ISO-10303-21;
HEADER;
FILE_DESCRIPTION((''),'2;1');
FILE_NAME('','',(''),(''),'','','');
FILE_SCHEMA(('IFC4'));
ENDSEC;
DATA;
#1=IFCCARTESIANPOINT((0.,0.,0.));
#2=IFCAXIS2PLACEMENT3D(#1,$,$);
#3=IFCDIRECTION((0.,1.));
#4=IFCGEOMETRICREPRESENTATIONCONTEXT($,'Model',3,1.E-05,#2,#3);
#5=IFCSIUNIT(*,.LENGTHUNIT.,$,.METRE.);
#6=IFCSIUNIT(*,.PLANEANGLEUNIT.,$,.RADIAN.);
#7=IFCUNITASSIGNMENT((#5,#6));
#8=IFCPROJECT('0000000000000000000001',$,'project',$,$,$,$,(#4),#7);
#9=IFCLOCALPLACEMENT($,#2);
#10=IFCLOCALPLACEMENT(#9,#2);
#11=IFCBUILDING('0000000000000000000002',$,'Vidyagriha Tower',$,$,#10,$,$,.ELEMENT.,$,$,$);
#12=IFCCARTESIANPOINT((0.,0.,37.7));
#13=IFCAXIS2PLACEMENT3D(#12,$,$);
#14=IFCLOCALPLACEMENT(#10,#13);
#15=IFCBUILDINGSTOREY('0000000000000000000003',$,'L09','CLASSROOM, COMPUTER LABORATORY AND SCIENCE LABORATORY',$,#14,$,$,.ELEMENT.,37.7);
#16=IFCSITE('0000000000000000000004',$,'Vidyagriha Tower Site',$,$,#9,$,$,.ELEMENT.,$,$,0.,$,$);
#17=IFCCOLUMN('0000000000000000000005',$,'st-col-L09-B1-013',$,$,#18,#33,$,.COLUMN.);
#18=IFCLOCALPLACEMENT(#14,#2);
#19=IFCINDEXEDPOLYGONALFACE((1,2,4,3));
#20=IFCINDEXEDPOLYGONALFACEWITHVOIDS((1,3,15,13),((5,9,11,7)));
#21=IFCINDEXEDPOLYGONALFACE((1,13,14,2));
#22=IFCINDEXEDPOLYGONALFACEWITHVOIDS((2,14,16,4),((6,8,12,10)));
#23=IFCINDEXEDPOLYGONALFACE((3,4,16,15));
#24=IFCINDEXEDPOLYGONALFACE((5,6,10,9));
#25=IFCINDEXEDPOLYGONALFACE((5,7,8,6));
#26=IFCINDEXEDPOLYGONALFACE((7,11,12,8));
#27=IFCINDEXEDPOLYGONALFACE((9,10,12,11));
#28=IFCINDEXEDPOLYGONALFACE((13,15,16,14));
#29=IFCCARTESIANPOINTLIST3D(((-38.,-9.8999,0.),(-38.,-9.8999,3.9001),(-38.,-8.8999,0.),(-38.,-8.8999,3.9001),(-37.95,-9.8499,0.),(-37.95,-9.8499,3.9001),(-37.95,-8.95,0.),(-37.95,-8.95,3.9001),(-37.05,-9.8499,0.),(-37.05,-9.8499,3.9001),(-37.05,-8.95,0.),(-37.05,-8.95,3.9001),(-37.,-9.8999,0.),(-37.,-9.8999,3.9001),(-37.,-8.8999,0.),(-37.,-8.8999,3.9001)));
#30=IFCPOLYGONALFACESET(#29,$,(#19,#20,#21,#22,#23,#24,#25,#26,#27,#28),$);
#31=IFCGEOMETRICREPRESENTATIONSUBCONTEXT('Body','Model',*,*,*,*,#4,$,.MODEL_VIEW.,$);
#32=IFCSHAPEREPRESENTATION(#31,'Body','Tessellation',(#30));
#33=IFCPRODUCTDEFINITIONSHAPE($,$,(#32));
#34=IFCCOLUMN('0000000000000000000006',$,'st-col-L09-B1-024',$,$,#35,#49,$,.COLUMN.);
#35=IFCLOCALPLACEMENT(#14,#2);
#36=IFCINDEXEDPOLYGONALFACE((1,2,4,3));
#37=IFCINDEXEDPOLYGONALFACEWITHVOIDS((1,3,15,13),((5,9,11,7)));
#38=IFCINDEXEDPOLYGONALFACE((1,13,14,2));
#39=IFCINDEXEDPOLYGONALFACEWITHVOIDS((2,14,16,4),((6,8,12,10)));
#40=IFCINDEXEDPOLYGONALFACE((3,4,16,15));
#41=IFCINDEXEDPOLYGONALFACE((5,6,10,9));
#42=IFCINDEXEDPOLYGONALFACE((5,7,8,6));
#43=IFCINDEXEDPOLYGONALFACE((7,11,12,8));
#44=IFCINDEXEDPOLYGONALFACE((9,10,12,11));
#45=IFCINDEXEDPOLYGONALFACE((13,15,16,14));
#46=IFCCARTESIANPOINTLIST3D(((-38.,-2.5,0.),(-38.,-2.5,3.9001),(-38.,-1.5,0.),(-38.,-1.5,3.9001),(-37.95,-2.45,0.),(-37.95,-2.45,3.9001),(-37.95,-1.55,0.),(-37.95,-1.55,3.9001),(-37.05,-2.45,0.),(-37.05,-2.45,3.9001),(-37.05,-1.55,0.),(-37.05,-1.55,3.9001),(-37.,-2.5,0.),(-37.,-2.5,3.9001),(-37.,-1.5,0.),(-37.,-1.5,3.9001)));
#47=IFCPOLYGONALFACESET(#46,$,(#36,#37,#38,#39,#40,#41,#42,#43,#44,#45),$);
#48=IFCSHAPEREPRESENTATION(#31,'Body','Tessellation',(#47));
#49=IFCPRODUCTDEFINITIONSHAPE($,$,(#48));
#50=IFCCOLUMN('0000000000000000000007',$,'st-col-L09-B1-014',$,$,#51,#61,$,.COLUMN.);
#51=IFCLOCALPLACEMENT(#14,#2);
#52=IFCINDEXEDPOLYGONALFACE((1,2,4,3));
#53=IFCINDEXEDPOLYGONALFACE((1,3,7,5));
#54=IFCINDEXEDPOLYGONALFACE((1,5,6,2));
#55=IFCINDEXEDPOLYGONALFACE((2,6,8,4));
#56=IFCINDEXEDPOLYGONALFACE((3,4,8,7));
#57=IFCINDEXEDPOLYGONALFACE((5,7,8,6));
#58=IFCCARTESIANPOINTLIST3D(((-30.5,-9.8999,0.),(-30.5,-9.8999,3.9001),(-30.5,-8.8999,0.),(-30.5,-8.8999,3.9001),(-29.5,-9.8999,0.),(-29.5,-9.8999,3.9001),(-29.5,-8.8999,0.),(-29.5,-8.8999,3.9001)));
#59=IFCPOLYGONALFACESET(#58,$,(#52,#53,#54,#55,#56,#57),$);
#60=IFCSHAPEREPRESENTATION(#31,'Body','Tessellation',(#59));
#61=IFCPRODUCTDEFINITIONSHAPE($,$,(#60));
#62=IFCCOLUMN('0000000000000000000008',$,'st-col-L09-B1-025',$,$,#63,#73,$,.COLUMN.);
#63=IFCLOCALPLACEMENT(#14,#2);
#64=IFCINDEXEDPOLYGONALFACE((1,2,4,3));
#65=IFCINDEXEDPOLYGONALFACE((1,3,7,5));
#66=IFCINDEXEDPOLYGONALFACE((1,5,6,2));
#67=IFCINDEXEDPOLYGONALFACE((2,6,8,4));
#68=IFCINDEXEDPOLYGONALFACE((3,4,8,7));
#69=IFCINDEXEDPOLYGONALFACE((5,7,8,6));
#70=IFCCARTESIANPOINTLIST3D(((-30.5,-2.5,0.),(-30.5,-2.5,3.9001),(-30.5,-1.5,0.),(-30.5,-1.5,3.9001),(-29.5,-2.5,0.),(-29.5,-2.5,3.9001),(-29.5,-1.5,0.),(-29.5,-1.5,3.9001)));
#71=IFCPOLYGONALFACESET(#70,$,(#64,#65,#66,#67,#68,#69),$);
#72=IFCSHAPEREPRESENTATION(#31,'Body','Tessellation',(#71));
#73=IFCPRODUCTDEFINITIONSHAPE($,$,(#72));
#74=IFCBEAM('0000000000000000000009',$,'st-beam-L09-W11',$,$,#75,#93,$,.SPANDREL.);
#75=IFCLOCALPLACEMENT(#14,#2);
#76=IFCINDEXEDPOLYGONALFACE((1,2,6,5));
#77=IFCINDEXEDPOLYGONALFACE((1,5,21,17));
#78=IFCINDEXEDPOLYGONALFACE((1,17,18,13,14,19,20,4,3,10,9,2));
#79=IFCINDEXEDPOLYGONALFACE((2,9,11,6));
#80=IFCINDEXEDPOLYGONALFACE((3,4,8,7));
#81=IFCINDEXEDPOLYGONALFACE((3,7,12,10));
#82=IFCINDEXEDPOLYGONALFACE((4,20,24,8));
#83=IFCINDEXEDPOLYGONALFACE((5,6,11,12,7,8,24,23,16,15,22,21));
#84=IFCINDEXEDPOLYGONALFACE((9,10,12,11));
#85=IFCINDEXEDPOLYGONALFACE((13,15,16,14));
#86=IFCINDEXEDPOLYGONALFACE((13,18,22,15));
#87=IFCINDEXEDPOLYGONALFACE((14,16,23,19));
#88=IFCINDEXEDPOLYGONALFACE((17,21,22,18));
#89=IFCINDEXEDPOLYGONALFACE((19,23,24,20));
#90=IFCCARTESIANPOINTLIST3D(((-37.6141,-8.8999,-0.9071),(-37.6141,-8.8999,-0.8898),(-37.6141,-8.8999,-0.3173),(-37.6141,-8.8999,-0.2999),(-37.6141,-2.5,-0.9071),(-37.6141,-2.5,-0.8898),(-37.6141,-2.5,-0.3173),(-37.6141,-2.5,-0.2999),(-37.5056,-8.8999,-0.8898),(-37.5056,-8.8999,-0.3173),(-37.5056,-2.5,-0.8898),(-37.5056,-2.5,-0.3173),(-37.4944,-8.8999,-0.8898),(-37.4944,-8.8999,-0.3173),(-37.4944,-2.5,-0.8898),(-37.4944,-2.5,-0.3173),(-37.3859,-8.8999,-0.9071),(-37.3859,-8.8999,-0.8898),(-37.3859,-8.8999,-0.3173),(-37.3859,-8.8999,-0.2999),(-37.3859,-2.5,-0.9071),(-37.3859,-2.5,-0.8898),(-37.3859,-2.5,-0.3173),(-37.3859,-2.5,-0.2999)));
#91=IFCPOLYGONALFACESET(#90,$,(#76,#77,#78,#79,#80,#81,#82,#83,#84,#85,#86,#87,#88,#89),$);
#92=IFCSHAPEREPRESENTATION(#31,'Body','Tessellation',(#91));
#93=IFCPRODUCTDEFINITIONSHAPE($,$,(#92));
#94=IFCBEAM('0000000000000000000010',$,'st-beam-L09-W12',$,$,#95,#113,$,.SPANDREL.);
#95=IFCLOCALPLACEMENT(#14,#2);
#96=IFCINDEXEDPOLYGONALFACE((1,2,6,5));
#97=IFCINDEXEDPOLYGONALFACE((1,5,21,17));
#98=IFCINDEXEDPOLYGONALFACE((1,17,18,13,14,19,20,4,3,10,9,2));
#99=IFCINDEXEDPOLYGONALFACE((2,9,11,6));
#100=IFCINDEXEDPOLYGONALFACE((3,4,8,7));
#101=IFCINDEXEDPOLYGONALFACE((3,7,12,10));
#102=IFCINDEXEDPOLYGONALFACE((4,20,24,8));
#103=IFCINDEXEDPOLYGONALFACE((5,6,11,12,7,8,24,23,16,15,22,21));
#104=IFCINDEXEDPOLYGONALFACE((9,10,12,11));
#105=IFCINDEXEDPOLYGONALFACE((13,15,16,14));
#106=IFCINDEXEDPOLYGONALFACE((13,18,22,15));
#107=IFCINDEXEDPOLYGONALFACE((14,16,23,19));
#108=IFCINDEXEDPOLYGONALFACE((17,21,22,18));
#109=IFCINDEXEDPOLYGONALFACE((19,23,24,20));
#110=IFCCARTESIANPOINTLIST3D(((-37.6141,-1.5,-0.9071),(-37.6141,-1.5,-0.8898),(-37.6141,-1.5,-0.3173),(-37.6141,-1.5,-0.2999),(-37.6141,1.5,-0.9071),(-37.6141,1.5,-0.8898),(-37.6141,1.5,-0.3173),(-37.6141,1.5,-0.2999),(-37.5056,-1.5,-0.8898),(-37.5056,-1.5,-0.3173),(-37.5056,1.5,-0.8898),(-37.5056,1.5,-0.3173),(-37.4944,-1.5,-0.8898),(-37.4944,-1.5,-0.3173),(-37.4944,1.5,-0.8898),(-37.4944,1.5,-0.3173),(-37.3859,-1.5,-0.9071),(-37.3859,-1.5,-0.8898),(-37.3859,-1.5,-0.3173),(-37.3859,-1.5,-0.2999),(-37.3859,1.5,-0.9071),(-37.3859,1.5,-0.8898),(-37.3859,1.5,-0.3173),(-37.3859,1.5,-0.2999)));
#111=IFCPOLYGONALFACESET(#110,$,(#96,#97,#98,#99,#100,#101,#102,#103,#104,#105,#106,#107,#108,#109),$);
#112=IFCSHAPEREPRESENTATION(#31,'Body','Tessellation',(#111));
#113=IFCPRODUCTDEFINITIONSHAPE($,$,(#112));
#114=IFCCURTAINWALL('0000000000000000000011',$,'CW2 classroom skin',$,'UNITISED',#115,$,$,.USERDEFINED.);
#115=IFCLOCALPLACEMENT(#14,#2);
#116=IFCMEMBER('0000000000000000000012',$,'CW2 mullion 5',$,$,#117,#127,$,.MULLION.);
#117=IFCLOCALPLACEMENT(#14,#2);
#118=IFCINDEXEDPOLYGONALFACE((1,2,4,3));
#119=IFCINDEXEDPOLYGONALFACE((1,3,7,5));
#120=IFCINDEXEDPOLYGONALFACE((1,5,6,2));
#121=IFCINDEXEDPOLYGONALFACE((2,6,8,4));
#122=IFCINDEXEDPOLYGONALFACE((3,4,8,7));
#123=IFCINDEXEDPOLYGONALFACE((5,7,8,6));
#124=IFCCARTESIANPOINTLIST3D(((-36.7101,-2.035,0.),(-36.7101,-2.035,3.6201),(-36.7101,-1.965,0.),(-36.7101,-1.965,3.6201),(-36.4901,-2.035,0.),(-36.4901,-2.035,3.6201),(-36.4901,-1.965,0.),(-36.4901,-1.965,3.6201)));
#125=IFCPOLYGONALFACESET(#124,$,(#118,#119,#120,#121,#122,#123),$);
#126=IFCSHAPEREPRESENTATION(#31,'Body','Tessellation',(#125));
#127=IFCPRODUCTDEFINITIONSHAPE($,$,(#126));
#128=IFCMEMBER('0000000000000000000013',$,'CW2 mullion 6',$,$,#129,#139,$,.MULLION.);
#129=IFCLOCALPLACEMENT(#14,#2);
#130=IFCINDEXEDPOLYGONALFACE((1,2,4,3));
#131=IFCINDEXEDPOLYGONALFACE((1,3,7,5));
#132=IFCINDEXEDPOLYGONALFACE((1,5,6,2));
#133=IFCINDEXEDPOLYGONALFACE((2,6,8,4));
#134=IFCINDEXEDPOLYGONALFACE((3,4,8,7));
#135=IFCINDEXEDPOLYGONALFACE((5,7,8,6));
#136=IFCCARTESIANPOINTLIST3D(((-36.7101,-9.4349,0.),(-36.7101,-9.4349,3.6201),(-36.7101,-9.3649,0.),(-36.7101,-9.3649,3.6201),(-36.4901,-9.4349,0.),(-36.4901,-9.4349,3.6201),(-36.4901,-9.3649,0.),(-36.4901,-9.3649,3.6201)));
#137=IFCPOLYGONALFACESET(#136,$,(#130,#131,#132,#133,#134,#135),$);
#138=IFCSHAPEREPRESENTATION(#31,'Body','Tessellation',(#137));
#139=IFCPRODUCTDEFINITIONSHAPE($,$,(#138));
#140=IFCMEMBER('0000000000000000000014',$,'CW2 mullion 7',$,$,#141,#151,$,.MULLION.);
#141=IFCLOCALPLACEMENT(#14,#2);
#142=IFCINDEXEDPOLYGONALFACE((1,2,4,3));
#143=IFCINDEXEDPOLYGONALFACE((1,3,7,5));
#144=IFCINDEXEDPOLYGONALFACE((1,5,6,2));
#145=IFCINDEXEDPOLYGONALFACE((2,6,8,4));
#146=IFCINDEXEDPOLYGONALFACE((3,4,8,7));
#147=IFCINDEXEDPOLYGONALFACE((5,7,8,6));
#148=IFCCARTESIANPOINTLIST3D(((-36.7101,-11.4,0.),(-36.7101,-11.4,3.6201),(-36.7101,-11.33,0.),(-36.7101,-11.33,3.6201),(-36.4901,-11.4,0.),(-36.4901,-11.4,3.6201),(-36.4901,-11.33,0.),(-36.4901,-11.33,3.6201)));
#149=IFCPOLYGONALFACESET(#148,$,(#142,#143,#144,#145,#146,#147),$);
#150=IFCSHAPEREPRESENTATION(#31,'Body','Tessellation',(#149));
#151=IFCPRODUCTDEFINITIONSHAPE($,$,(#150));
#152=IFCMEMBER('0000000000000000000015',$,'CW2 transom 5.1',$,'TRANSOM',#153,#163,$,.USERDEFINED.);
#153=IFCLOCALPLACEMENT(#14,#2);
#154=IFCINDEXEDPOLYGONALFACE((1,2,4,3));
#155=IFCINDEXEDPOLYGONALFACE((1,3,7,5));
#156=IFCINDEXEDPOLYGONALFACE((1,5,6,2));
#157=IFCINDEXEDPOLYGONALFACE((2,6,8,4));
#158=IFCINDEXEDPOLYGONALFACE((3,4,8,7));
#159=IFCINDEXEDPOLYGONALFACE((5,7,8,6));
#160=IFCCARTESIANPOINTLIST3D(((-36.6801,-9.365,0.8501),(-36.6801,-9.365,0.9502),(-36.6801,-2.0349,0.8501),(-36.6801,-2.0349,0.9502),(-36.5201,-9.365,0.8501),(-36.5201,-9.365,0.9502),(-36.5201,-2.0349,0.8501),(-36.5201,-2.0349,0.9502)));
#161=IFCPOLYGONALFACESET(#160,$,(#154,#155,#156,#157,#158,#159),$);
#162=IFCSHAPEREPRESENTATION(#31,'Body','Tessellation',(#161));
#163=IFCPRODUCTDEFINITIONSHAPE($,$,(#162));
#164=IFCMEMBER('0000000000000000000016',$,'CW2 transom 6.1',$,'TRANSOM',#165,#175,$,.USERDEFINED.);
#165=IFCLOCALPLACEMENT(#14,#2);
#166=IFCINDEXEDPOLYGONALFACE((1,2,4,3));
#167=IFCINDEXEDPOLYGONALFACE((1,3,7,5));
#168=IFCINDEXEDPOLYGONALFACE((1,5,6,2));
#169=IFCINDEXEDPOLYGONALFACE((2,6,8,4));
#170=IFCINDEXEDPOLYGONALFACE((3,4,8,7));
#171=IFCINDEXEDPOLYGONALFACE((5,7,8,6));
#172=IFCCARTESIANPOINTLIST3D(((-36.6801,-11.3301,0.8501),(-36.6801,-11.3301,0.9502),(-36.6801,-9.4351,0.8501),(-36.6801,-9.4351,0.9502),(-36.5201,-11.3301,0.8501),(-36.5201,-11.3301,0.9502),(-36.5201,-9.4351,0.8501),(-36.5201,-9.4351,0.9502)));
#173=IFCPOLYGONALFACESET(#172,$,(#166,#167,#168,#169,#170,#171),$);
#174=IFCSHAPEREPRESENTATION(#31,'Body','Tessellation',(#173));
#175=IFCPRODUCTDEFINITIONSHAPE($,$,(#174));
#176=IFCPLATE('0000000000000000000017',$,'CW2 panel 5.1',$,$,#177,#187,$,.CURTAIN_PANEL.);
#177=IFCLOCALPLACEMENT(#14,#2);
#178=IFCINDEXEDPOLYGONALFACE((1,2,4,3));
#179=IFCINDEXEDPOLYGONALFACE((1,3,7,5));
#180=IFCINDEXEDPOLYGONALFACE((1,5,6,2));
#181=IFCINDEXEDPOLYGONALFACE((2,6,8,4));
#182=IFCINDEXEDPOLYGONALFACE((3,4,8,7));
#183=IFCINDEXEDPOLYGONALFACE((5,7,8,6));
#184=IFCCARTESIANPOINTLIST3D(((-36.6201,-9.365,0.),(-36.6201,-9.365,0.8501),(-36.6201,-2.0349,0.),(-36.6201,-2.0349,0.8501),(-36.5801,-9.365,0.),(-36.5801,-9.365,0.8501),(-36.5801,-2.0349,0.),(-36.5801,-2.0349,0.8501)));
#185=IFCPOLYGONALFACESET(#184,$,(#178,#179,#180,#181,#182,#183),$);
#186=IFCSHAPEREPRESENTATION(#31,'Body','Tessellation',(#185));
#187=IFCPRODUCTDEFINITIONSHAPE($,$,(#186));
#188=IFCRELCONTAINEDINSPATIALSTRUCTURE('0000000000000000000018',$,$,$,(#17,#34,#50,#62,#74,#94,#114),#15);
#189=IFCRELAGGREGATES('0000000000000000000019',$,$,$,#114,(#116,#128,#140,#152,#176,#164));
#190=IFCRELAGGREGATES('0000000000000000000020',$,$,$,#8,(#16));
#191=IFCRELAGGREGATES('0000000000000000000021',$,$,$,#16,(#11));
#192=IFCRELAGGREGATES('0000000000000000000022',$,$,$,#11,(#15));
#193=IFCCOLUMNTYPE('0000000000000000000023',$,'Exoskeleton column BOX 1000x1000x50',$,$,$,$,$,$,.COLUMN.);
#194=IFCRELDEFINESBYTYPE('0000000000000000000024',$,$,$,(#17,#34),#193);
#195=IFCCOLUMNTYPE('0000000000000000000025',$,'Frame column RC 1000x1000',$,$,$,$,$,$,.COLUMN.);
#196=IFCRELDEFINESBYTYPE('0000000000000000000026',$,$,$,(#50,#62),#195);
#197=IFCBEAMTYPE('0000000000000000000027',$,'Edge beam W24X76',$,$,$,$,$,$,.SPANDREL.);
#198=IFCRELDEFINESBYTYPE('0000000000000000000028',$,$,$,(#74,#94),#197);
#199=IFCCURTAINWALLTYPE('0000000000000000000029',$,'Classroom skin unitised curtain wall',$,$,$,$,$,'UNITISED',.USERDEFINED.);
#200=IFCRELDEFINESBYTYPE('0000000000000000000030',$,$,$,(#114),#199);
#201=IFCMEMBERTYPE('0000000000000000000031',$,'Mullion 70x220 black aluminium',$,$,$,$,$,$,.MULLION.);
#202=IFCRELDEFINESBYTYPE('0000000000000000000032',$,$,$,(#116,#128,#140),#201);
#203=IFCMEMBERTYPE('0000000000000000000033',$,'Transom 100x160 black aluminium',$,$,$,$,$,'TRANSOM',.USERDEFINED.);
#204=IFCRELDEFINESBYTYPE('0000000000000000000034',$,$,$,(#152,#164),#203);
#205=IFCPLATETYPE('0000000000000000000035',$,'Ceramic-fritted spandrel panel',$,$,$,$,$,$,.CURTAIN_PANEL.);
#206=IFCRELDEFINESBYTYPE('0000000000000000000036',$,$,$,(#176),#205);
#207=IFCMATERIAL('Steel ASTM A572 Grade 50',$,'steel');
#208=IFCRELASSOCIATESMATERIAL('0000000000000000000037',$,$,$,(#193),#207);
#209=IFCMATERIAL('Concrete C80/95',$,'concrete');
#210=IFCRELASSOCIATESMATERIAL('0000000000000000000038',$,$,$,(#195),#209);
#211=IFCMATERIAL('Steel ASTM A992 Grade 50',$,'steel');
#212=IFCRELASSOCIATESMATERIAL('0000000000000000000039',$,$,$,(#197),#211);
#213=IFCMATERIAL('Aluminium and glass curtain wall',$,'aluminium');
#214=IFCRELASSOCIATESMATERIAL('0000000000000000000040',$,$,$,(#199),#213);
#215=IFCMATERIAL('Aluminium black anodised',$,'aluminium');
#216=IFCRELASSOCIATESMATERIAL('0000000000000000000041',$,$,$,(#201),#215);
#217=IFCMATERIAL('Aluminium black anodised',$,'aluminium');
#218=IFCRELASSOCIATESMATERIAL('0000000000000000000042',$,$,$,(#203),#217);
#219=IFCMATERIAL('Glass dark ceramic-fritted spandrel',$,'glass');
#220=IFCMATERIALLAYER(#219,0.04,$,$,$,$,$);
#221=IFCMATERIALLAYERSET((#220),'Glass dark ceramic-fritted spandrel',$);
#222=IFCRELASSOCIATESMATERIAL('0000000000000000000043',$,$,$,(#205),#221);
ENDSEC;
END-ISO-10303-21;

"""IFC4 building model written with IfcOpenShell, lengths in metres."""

from ifc_helpers import new_model, si_unit, direction, frame, origin, origin_2d, place, context, subcontext, project, spatial, rectangle, hollow_rectangle, i_section, extrude, material, layer, layer_set, material_profile, profile_set, type_object, element, aggregate, save


model = new_model("IFC4")

# Units and contexts
model_context = context("Model", 3, precision=1e-05, world=origin(), true_north=direction((0.0, 1.0)))
body_context = subcontext(model_context, "Body", "Model", "MODEL_VIEW")
ifc_project = project(units=[si_unit("LENGTHUNIT", "METRE"), si_unit("PLANEANGLEUNIT", "RADIAN")], contexts=[model_context])

# Site, building, storey
site_placement = place(None, origin())
site = spatial("IfcSite", under=ifc_project, at=site_placement, Name="Vidyagriha Tower Site", CompositionType="ELEMENT", RefElevation=0.0)
building_placement = place(site_placement, origin())
building = spatial("IfcBuilding", under=site, at=building_placement, Name="Vidyagriha Tower", CompositionType="ELEMENT")
storey_placement = place(building_placement, frame((0.0, 0.0, 37.7)))
storey = spatial("IfcBuildingStorey", under=building, at=storey_placement, Name="L09", Description="CLASSROOM, COMPUTER LABORATORY AND SCIENCE LABORATORY", CompositionType="ELEMENT", Elevation=37.7)

# Columns
ifc_material_1 = material(Name="Steel ASTM A572 Grade 50", Category="steel")
ifc_material_profile_1 = material_profile(ifc_material_1, hollow_rectangle(XDim=1.0, YDim=1.0, WallThickness=0.05, at=origin_2d()), Name="BOX 1000x1000x50")
ifc_profile_set_1 = profile_set([ifc_material_profile_1], Name="Steel ASTM A572 Grade 50")
column_type_1 = type_object("IfcColumnType", Name="Exoskeleton column BOX 1000x1000x50", PredefinedType="COLUMN", material=ifc_profile_set_1)
for number, where, name in (
    (1, (-37.5, -9.3999, 0.0), "st-col-L09-B1-013"),
    (2, (-37.5, -2.0, 0.0), "st-col-L09-B1-024"),
):
    element("IfcColumn", number, at=place(storey_placement, frame(where)), inside=storey, type_object=column_type_1, Name=name, PredefinedType="COLUMN", context=body_context, shape_type="SweptSolid", body=[
        extrude(hollow_rectangle(XDim=1.0, YDim=1.0, WallThickness=0.05, at=origin_2d()), origin(), (0.0, 0.0, 1.0), 3.9001),
    ])
ifc_material_2 = material(Name="Concrete C80/95", Category="concrete")
ifc_material_profile_2 = material_profile(ifc_material_2, rectangle(XDim=1.0, YDim=1.0, at=origin_2d()), Name="RC 1000x1000")
ifc_profile_set_2 = profile_set([ifc_material_profile_2], Name="Concrete C80/95")
column_type_2 = type_object("IfcColumnType", Name="Frame column RC 1000x1000", PredefinedType="COLUMN", material=ifc_profile_set_2)
for number, where, name in (
    (3, (-30.0, -9.3999, 0.0), "st-col-L09-B1-014"),
    (4, (-30.0, -2.0, 0.0), "st-col-L09-B1-025"),
):
    element("IfcColumn", number, at=place(storey_placement, frame(where)), inside=storey, type_object=column_type_2, Name=name, PredefinedType="COLUMN", context=body_context, shape_type="SweptSolid", body=[
        extrude(rectangle(XDim=1.0, YDim=1.0, at=origin_2d()), origin(), (0.0, 0.0, 1.0), 3.9001),
    ])

# Beams
ifc_material_3 = material(Name="Steel ASTM A992 Grade 50", Category="steel")
ifc_material_profile_3 = material_profile(ifc_material_3, i_section(OverallWidth=0.2283, OverallDepth=0.6072, WebThickness=0.0112, FlangeThickness=0.0173, at=origin_2d()), Name="W24X76")
ifc_profile_set_3 = profile_set([ifc_material_profile_3], Name="Steel ASTM A992 Grade 50")
beam_type = type_object("IfcBeamType", Name="Edge beam W24X76", PredefinedType="SPANDREL", material=ifc_profile_set_3)
beam_1_placement = place(storey_placement, frame((-37.5, -8.8999, -0.6035), z_axis=(0.0, 1.0, 0.0), x_axis=(-1.0, 0.0, 0.0)))
element("IfcBeam", 5, at=beam_1_placement, inside=storey, type_object=beam_type, Name="st-beam-L09-W11", PredefinedType="SPANDREL", context=body_context, shape_type="SweptSolid", body=[
    extrude(i_section(OverallWidth=0.2283, OverallDepth=0.6072, WebThickness=0.0112, FlangeThickness=0.0173, at=origin_2d()), origin(), (0.0, 0.0, 1.0), 6.3999),
])
beam_2_placement = place(storey_placement, frame((-37.5, -1.5, -0.6035), z_axis=(0.0, 1.0, 0.0), x_axis=(-1.0, 0.0, 0.0)))
element("IfcBeam", 6, at=beam_2_placement, inside=storey, type_object=beam_type, Name="st-beam-L09-W12", PredefinedType="SPANDREL", context=body_context, shape_type="SweptSolid", body=[
    extrude(i_section(OverallWidth=0.2283, OverallDepth=0.6072, WebThickness=0.0112, FlangeThickness=0.0173, at=origin_2d()), origin(), (0.0, 0.0, 1.0), 3.0),
])

# Curtain wall, members, plate
ifc_material_4 = material(Name="Aluminium and glass curtain wall", Category="aluminium")
curtain_wall_type = type_object("IfcCurtainWallType", Name="Classroom skin unitised curtain wall", ElementType="UNITISED", PredefinedType="USERDEFINED", material=ifc_material_4)
curtain_wall_placement = place(storey_placement, origin())
curtain_wall = element("IfcCurtainWall", 7, at=curtain_wall_placement, inside=storey, type_object=curtain_wall_type, Name="CW2 classroom skin", ObjectType="UNITISED", PredefinedType="USERDEFINED")
ifc_material_5 = material(Name="Aluminium black anodised", Category="aluminium")
ifc_material_profile_4 = material_profile(ifc_material_5, rectangle(XDim=0.22, YDim=0.0701, at=origin_2d()), Name="Mullion 70x220 black aluminium")
ifc_profile_set_4 = profile_set([ifc_material_profile_4], Name="Aluminium black anodised")
member_type_1 = type_object("IfcMemberType", Name="Mullion 70x220 black aluminium", PredefinedType="MULLION", material=ifc_profile_set_4)
member_1_placement = place(storey_placement, frame((-36.6001, -2.0, 0.0)))
member_1 = element("IfcMember", 8, at=member_1_placement, type_object=member_type_1, Name="CW2 mullion 5", PredefinedType="MULLION", context=body_context, shape_type="SweptSolid", body=[
    extrude(rectangle(XDim=0.22, YDim=0.0701, at=origin_2d()), origin(), (0.0, 0.0, 1.0), 3.6201),
])
member_2_placement = place(storey_placement, frame((-36.6001, -9.3999, 0.0)))
member_2 = element("IfcMember", 9, at=member_2_placement, type_object=member_type_1, Name="CW2 mullion 6", PredefinedType="MULLION", context=body_context, shape_type="SweptSolid", body=[
    extrude(rectangle(XDim=0.22, YDim=0.0701, at=origin_2d()), origin(), (0.0, 0.0, 1.0), 3.6201),
])
member_3_placement = place(storey_placement, frame((-36.6001, -11.365, 0.0)))
member_3 = element("IfcMember", 10, at=member_3_placement, type_object=member_type_1, Name="CW2 mullion 7", PredefinedType="MULLION", context=body_context, shape_type="SweptSolid", body=[
    extrude(rectangle(XDim=0.22, YDim=0.0701, at=origin_2d()), origin(), (0.0, 0.0, 1.0), 3.6201),
])
ifc_material_6 = material(Name="Aluminium black anodised", Category="aluminium")
ifc_material_profile_5 = material_profile(ifc_material_6, rectangle(XDim=0.1599, YDim=0.1001, at=origin_2d()), Name="Transom 100x160 black aluminium")
ifc_profile_set_5 = profile_set([ifc_material_profile_5], Name="Aluminium black anodised")
member_type_2 = type_object("IfcMemberType", Name="Transom 100x160 black aluminium", ElementType="TRANSOM", PredefinedType="USERDEFINED", material=ifc_profile_set_5)
member_4_placement = place(storey_placement, frame((-36.6001, -2.0349, 0.9001), z_axis=(0.0, -1.0, 0.0), x_axis=(1.0, 0.0, 0.0)))
member_4 = element("IfcMember", 11, at=member_4_placement, type_object=member_type_2, Name="CW2 transom 5.1", ObjectType="TRANSOM", PredefinedType="USERDEFINED", context=body_context, shape_type="SweptSolid", body=[
    extrude(rectangle(XDim=0.1599, YDim=0.1001, at=origin_2d()), origin(), (0.0, 0.0, 1.0), 7.3301),
])
member_5_placement = place(storey_placement, frame((-36.6001, -9.4351, 0.9001), z_axis=(0.0, -1.0, 0.0), x_axis=(1.0, 0.0, 0.0)))
member_5 = element("IfcMember", 12, at=member_5_placement, type_object=member_type_2, Name="CW2 transom 6.1", ObjectType="TRANSOM", PredefinedType="USERDEFINED", context=body_context, shape_type="SweptSolid", body=[
    extrude(rectangle(XDim=0.1599, YDim=0.1001, at=origin_2d()), origin(), (0.0, 0.0, 1.0), 1.895),
])
ifc_material_7 = material(Name="Glass dark ceramic-fritted spandrel", Category="glass")
ifc_layer_1 = layer(ifc_material_7, 0.04)
ifc_layer_set_1 = layer_set([ifc_layer_1], Name="Glass dark ceramic-fritted spandrel")
plate_type_1 = type_object("IfcPlateType", Name="Ceramic-fritted spandrel panel", PredefinedType="CURTAIN_PANEL", material=ifc_layer_set_1)
plate_1_placement = place(storey_placement, frame((-36.6001, -5.7, 0.0), z_axis=(0.0, 0.0, 1.0), x_axis=(0.0, -1.0, 0.0)))
plate_1 = element("IfcPlate", 13, at=plate_1_placement, type_object=plate_type_1, Name="CW2 panel 5.1", PredefinedType="CURTAIN_PANEL", context=body_context, shape_type="SweptSolid", body=[
    extrude(rectangle(XDim=7.3301, YDim=0.04, at=origin_2d()), origin(), (0.0, 0.0, 1.0), 0.8501),
])
aggregate(curtain_wall, [member_1, member_2, member_3, member_4, plate_1, member_5])

save(model, "model.ifc")
